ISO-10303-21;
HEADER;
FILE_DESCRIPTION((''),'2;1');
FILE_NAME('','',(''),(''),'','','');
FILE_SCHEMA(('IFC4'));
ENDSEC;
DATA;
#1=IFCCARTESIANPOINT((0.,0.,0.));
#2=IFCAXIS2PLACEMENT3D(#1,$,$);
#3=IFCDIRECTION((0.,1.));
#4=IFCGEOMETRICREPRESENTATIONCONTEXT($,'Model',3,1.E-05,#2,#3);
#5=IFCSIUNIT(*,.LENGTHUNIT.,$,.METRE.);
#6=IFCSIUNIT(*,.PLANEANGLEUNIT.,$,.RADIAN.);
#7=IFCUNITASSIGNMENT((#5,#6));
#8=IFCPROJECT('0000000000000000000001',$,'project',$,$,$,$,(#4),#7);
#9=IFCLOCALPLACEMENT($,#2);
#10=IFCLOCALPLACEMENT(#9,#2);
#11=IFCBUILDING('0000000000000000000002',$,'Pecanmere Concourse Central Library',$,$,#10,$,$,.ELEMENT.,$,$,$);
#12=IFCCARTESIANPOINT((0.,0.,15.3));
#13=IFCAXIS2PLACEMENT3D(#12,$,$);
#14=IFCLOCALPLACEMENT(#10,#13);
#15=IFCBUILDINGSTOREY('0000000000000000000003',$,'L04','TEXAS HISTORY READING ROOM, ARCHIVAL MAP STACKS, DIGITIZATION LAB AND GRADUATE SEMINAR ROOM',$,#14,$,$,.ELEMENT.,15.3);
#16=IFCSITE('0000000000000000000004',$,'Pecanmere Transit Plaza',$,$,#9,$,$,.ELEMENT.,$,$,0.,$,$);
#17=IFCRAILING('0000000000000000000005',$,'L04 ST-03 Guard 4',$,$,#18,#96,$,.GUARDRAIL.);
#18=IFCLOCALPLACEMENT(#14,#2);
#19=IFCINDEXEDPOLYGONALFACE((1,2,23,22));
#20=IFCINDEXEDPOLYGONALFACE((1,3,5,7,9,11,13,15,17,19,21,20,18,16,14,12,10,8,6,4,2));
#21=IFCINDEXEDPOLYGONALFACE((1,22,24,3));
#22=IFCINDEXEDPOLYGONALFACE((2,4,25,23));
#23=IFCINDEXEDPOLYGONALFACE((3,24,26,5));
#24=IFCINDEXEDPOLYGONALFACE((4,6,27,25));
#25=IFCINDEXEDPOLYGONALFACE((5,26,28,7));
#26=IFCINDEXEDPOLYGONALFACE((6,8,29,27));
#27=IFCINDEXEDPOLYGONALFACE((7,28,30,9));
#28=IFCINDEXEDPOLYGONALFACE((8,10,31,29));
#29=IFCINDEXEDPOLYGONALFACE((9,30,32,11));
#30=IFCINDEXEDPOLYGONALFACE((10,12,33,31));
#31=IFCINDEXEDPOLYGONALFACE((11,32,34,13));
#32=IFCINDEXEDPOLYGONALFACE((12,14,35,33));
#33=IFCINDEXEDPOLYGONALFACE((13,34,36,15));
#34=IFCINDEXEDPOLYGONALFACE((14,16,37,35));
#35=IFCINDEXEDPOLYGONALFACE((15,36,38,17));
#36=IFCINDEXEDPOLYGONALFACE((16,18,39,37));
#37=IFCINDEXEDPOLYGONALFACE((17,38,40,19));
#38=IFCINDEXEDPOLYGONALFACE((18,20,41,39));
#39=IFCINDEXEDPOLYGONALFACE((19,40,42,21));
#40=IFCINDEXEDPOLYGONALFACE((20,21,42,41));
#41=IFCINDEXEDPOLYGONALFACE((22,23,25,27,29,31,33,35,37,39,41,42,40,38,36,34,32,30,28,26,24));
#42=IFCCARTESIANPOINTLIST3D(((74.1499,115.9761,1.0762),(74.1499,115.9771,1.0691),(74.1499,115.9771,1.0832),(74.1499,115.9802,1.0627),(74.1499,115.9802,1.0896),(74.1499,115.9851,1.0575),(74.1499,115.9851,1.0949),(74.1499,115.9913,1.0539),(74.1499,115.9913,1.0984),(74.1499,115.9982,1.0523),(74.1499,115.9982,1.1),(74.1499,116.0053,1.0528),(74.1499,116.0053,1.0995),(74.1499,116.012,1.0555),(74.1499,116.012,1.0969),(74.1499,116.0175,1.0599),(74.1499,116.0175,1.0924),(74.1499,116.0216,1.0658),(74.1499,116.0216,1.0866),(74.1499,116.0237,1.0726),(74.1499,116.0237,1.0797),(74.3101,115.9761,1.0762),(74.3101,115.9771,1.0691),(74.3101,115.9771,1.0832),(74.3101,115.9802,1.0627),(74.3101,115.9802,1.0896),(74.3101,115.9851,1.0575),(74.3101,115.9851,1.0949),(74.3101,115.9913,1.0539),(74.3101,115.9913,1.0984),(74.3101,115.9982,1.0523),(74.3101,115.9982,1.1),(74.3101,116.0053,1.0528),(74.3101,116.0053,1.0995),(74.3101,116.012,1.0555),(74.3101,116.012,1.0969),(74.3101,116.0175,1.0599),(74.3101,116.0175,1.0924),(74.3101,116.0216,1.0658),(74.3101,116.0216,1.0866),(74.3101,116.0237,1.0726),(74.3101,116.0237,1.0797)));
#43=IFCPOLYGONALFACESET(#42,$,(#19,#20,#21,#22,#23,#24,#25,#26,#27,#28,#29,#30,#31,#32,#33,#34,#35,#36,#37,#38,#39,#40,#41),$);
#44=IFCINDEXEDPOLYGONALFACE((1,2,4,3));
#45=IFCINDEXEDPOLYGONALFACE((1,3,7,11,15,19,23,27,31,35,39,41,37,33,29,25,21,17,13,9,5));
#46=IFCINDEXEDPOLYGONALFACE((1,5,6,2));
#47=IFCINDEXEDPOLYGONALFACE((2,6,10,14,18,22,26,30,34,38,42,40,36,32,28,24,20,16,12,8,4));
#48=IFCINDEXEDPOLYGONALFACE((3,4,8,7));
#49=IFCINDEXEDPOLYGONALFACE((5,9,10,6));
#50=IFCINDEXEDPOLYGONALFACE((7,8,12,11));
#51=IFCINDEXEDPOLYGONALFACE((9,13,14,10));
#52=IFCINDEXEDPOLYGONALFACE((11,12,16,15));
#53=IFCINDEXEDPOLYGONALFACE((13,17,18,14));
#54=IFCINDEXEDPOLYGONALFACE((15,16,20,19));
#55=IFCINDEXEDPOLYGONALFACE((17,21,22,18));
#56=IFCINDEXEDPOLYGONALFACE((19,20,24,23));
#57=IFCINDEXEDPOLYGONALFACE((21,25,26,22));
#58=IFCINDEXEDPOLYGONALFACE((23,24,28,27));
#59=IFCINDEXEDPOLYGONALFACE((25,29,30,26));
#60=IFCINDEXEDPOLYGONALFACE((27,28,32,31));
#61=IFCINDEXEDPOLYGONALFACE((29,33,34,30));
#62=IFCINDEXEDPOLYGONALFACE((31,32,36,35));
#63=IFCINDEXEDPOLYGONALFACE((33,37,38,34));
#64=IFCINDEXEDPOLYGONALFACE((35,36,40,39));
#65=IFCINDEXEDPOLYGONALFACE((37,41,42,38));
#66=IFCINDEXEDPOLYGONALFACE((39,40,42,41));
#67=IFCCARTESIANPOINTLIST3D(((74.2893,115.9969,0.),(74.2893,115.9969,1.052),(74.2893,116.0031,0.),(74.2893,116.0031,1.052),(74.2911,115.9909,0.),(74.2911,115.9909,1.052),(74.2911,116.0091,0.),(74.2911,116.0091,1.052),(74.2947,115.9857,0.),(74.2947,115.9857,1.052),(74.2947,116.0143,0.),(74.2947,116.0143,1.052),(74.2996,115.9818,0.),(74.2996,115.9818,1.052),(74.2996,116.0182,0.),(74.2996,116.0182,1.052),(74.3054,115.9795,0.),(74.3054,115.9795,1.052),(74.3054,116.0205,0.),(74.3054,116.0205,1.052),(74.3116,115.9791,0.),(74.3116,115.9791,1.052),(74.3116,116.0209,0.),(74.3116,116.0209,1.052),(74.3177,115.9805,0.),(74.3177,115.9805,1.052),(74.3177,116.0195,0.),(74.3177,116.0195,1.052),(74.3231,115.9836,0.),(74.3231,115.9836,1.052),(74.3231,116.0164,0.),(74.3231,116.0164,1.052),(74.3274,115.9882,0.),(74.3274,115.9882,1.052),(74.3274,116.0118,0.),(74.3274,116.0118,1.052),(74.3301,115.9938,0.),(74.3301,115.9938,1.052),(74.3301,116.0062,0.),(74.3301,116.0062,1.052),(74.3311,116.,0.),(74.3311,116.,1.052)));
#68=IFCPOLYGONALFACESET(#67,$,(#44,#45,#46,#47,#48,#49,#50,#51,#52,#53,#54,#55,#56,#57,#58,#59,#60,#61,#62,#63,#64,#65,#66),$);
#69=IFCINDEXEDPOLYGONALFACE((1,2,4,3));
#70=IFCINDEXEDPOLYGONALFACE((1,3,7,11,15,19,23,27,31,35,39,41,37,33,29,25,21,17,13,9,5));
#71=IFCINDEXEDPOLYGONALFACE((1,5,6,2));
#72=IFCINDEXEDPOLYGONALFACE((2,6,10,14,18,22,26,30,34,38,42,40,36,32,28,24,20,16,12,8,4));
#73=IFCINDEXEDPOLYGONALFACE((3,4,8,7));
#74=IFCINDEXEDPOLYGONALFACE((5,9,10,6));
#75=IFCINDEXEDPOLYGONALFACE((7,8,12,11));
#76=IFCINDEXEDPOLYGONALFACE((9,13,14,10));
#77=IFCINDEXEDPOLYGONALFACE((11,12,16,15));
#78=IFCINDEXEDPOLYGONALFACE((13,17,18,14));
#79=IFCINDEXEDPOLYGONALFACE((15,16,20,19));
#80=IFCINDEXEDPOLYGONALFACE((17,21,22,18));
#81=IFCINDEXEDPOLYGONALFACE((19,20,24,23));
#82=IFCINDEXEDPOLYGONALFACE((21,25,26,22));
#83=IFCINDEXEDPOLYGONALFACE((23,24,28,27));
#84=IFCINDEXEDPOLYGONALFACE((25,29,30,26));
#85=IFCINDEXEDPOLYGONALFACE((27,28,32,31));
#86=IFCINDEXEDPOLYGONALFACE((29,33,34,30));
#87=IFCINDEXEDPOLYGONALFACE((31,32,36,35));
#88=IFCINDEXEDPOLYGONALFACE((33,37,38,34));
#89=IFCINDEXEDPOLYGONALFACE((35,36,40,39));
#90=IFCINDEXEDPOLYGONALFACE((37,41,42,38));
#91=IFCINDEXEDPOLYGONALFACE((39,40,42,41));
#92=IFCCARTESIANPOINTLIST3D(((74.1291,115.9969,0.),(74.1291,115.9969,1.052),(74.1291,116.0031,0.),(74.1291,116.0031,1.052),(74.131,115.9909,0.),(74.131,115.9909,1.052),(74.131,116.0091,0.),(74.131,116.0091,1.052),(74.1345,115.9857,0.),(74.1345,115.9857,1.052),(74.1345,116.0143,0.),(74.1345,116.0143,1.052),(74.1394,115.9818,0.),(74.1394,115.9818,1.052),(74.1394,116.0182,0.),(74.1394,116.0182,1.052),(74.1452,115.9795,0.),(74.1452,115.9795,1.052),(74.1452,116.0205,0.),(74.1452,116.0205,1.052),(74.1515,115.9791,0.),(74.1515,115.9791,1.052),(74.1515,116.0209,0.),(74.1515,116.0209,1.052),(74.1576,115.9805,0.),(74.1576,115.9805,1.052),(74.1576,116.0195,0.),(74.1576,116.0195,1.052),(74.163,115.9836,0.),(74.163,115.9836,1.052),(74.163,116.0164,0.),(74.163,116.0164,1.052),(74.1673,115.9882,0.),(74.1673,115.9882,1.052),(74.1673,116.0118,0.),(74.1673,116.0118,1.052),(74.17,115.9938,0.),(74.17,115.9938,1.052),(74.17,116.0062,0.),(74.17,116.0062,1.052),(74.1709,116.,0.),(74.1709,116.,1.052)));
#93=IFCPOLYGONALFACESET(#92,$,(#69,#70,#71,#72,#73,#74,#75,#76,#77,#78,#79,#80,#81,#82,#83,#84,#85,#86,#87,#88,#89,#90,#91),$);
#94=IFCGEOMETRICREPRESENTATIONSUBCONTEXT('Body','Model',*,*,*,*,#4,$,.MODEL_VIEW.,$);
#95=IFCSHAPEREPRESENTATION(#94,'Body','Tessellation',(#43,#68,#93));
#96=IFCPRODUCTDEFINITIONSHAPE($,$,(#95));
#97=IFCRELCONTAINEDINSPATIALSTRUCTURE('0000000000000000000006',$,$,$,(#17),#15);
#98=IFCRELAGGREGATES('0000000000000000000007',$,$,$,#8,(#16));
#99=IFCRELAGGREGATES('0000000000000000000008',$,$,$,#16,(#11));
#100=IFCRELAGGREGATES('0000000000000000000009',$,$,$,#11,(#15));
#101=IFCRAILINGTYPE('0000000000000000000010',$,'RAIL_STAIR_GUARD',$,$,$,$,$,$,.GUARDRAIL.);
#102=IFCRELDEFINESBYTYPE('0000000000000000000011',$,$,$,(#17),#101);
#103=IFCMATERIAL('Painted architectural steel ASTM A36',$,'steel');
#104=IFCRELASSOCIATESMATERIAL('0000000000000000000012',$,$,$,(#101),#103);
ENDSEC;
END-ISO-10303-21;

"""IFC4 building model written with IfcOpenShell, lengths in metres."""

from ifc_helpers import new_model, si_unit, direction, frame, origin, origin_2d, place, context, subcontext, project, spatial, circle, extrude, material, type_object, element, save


model = new_model("IFC4")

# Units and contexts
model_context = context("Model", 3, precision=1e-05, world=origin(), true_north=direction((0.0, 1.0)))
body_context = subcontext(model_context, "Body", "Model", "MODEL_VIEW")
ifc_project = project(units=[si_unit("LENGTHUNIT", "METRE"), si_unit("PLANEANGLEUNIT", "RADIAN")], contexts=[model_context])

# Site, building, storey
site_placement = place(None, origin())
site = spatial("IfcSite", under=ifc_project, at=site_placement, Name="Pecanmere Transit Plaza", CompositionType="ELEMENT", RefElevation=0.0)
building_placement = place(site_placement, origin())
building = spatial("IfcBuilding", under=site, at=building_placement, Name="Pecanmere Concourse Central Library", CompositionType="ELEMENT")
storey_placement = place(building_placement, frame((0.0, 0.0, 15.3)))
storey = spatial("IfcBuildingStorey", under=building, at=storey_placement, Name="L04", Description="TEXAS HISTORY READING ROOM, ARCHIVAL MAP STACKS, DIGITIZATION LAB AND GRADUATE SEMINAR ROOM", CompositionType="ELEMENT", Elevation=15.3)

# Railing
ifc_material_1 = material(Name="Painted architectural steel ASTM A36", Category="steel")
railing_type_1 = type_object("IfcRailingType", Name="RAIL_STAIR_GUARD", PredefinedType="GUARDRAIL", material=ifc_material_1)
railing_1_placement = place(storey_placement, frame((74.3101, 116.0, 0.0)))
element("IfcRailing", 1, at=railing_1_placement, inside=storey, type_object=railing_type_1, Name="L04 ST-03 Guard 4", PredefinedType="GUARDRAIL", context=body_context, shape_type="SweptSolid", body=[
    extrude(circle(Radius=0.0239, at=origin_2d()), frame((0.0, 0.0, 1.0762), z_axis=(-1.0, 0.0, 0.0), x_axis=(0.0, -1.0, 0.0)), (0.0, 0.0, 1.0), 0.1602),
    extrude(circle(Radius=0.021, at=origin_2d()), origin(), (0.0, 0.0, 1.0), 1.052),
    extrude(circle(Radius=0.021, at=origin_2d()), frame((-0.1602, 0.0, 0.0)), (0.0, 0.0, 1.0), 1.052),
])

save(model, "model.ifc")
